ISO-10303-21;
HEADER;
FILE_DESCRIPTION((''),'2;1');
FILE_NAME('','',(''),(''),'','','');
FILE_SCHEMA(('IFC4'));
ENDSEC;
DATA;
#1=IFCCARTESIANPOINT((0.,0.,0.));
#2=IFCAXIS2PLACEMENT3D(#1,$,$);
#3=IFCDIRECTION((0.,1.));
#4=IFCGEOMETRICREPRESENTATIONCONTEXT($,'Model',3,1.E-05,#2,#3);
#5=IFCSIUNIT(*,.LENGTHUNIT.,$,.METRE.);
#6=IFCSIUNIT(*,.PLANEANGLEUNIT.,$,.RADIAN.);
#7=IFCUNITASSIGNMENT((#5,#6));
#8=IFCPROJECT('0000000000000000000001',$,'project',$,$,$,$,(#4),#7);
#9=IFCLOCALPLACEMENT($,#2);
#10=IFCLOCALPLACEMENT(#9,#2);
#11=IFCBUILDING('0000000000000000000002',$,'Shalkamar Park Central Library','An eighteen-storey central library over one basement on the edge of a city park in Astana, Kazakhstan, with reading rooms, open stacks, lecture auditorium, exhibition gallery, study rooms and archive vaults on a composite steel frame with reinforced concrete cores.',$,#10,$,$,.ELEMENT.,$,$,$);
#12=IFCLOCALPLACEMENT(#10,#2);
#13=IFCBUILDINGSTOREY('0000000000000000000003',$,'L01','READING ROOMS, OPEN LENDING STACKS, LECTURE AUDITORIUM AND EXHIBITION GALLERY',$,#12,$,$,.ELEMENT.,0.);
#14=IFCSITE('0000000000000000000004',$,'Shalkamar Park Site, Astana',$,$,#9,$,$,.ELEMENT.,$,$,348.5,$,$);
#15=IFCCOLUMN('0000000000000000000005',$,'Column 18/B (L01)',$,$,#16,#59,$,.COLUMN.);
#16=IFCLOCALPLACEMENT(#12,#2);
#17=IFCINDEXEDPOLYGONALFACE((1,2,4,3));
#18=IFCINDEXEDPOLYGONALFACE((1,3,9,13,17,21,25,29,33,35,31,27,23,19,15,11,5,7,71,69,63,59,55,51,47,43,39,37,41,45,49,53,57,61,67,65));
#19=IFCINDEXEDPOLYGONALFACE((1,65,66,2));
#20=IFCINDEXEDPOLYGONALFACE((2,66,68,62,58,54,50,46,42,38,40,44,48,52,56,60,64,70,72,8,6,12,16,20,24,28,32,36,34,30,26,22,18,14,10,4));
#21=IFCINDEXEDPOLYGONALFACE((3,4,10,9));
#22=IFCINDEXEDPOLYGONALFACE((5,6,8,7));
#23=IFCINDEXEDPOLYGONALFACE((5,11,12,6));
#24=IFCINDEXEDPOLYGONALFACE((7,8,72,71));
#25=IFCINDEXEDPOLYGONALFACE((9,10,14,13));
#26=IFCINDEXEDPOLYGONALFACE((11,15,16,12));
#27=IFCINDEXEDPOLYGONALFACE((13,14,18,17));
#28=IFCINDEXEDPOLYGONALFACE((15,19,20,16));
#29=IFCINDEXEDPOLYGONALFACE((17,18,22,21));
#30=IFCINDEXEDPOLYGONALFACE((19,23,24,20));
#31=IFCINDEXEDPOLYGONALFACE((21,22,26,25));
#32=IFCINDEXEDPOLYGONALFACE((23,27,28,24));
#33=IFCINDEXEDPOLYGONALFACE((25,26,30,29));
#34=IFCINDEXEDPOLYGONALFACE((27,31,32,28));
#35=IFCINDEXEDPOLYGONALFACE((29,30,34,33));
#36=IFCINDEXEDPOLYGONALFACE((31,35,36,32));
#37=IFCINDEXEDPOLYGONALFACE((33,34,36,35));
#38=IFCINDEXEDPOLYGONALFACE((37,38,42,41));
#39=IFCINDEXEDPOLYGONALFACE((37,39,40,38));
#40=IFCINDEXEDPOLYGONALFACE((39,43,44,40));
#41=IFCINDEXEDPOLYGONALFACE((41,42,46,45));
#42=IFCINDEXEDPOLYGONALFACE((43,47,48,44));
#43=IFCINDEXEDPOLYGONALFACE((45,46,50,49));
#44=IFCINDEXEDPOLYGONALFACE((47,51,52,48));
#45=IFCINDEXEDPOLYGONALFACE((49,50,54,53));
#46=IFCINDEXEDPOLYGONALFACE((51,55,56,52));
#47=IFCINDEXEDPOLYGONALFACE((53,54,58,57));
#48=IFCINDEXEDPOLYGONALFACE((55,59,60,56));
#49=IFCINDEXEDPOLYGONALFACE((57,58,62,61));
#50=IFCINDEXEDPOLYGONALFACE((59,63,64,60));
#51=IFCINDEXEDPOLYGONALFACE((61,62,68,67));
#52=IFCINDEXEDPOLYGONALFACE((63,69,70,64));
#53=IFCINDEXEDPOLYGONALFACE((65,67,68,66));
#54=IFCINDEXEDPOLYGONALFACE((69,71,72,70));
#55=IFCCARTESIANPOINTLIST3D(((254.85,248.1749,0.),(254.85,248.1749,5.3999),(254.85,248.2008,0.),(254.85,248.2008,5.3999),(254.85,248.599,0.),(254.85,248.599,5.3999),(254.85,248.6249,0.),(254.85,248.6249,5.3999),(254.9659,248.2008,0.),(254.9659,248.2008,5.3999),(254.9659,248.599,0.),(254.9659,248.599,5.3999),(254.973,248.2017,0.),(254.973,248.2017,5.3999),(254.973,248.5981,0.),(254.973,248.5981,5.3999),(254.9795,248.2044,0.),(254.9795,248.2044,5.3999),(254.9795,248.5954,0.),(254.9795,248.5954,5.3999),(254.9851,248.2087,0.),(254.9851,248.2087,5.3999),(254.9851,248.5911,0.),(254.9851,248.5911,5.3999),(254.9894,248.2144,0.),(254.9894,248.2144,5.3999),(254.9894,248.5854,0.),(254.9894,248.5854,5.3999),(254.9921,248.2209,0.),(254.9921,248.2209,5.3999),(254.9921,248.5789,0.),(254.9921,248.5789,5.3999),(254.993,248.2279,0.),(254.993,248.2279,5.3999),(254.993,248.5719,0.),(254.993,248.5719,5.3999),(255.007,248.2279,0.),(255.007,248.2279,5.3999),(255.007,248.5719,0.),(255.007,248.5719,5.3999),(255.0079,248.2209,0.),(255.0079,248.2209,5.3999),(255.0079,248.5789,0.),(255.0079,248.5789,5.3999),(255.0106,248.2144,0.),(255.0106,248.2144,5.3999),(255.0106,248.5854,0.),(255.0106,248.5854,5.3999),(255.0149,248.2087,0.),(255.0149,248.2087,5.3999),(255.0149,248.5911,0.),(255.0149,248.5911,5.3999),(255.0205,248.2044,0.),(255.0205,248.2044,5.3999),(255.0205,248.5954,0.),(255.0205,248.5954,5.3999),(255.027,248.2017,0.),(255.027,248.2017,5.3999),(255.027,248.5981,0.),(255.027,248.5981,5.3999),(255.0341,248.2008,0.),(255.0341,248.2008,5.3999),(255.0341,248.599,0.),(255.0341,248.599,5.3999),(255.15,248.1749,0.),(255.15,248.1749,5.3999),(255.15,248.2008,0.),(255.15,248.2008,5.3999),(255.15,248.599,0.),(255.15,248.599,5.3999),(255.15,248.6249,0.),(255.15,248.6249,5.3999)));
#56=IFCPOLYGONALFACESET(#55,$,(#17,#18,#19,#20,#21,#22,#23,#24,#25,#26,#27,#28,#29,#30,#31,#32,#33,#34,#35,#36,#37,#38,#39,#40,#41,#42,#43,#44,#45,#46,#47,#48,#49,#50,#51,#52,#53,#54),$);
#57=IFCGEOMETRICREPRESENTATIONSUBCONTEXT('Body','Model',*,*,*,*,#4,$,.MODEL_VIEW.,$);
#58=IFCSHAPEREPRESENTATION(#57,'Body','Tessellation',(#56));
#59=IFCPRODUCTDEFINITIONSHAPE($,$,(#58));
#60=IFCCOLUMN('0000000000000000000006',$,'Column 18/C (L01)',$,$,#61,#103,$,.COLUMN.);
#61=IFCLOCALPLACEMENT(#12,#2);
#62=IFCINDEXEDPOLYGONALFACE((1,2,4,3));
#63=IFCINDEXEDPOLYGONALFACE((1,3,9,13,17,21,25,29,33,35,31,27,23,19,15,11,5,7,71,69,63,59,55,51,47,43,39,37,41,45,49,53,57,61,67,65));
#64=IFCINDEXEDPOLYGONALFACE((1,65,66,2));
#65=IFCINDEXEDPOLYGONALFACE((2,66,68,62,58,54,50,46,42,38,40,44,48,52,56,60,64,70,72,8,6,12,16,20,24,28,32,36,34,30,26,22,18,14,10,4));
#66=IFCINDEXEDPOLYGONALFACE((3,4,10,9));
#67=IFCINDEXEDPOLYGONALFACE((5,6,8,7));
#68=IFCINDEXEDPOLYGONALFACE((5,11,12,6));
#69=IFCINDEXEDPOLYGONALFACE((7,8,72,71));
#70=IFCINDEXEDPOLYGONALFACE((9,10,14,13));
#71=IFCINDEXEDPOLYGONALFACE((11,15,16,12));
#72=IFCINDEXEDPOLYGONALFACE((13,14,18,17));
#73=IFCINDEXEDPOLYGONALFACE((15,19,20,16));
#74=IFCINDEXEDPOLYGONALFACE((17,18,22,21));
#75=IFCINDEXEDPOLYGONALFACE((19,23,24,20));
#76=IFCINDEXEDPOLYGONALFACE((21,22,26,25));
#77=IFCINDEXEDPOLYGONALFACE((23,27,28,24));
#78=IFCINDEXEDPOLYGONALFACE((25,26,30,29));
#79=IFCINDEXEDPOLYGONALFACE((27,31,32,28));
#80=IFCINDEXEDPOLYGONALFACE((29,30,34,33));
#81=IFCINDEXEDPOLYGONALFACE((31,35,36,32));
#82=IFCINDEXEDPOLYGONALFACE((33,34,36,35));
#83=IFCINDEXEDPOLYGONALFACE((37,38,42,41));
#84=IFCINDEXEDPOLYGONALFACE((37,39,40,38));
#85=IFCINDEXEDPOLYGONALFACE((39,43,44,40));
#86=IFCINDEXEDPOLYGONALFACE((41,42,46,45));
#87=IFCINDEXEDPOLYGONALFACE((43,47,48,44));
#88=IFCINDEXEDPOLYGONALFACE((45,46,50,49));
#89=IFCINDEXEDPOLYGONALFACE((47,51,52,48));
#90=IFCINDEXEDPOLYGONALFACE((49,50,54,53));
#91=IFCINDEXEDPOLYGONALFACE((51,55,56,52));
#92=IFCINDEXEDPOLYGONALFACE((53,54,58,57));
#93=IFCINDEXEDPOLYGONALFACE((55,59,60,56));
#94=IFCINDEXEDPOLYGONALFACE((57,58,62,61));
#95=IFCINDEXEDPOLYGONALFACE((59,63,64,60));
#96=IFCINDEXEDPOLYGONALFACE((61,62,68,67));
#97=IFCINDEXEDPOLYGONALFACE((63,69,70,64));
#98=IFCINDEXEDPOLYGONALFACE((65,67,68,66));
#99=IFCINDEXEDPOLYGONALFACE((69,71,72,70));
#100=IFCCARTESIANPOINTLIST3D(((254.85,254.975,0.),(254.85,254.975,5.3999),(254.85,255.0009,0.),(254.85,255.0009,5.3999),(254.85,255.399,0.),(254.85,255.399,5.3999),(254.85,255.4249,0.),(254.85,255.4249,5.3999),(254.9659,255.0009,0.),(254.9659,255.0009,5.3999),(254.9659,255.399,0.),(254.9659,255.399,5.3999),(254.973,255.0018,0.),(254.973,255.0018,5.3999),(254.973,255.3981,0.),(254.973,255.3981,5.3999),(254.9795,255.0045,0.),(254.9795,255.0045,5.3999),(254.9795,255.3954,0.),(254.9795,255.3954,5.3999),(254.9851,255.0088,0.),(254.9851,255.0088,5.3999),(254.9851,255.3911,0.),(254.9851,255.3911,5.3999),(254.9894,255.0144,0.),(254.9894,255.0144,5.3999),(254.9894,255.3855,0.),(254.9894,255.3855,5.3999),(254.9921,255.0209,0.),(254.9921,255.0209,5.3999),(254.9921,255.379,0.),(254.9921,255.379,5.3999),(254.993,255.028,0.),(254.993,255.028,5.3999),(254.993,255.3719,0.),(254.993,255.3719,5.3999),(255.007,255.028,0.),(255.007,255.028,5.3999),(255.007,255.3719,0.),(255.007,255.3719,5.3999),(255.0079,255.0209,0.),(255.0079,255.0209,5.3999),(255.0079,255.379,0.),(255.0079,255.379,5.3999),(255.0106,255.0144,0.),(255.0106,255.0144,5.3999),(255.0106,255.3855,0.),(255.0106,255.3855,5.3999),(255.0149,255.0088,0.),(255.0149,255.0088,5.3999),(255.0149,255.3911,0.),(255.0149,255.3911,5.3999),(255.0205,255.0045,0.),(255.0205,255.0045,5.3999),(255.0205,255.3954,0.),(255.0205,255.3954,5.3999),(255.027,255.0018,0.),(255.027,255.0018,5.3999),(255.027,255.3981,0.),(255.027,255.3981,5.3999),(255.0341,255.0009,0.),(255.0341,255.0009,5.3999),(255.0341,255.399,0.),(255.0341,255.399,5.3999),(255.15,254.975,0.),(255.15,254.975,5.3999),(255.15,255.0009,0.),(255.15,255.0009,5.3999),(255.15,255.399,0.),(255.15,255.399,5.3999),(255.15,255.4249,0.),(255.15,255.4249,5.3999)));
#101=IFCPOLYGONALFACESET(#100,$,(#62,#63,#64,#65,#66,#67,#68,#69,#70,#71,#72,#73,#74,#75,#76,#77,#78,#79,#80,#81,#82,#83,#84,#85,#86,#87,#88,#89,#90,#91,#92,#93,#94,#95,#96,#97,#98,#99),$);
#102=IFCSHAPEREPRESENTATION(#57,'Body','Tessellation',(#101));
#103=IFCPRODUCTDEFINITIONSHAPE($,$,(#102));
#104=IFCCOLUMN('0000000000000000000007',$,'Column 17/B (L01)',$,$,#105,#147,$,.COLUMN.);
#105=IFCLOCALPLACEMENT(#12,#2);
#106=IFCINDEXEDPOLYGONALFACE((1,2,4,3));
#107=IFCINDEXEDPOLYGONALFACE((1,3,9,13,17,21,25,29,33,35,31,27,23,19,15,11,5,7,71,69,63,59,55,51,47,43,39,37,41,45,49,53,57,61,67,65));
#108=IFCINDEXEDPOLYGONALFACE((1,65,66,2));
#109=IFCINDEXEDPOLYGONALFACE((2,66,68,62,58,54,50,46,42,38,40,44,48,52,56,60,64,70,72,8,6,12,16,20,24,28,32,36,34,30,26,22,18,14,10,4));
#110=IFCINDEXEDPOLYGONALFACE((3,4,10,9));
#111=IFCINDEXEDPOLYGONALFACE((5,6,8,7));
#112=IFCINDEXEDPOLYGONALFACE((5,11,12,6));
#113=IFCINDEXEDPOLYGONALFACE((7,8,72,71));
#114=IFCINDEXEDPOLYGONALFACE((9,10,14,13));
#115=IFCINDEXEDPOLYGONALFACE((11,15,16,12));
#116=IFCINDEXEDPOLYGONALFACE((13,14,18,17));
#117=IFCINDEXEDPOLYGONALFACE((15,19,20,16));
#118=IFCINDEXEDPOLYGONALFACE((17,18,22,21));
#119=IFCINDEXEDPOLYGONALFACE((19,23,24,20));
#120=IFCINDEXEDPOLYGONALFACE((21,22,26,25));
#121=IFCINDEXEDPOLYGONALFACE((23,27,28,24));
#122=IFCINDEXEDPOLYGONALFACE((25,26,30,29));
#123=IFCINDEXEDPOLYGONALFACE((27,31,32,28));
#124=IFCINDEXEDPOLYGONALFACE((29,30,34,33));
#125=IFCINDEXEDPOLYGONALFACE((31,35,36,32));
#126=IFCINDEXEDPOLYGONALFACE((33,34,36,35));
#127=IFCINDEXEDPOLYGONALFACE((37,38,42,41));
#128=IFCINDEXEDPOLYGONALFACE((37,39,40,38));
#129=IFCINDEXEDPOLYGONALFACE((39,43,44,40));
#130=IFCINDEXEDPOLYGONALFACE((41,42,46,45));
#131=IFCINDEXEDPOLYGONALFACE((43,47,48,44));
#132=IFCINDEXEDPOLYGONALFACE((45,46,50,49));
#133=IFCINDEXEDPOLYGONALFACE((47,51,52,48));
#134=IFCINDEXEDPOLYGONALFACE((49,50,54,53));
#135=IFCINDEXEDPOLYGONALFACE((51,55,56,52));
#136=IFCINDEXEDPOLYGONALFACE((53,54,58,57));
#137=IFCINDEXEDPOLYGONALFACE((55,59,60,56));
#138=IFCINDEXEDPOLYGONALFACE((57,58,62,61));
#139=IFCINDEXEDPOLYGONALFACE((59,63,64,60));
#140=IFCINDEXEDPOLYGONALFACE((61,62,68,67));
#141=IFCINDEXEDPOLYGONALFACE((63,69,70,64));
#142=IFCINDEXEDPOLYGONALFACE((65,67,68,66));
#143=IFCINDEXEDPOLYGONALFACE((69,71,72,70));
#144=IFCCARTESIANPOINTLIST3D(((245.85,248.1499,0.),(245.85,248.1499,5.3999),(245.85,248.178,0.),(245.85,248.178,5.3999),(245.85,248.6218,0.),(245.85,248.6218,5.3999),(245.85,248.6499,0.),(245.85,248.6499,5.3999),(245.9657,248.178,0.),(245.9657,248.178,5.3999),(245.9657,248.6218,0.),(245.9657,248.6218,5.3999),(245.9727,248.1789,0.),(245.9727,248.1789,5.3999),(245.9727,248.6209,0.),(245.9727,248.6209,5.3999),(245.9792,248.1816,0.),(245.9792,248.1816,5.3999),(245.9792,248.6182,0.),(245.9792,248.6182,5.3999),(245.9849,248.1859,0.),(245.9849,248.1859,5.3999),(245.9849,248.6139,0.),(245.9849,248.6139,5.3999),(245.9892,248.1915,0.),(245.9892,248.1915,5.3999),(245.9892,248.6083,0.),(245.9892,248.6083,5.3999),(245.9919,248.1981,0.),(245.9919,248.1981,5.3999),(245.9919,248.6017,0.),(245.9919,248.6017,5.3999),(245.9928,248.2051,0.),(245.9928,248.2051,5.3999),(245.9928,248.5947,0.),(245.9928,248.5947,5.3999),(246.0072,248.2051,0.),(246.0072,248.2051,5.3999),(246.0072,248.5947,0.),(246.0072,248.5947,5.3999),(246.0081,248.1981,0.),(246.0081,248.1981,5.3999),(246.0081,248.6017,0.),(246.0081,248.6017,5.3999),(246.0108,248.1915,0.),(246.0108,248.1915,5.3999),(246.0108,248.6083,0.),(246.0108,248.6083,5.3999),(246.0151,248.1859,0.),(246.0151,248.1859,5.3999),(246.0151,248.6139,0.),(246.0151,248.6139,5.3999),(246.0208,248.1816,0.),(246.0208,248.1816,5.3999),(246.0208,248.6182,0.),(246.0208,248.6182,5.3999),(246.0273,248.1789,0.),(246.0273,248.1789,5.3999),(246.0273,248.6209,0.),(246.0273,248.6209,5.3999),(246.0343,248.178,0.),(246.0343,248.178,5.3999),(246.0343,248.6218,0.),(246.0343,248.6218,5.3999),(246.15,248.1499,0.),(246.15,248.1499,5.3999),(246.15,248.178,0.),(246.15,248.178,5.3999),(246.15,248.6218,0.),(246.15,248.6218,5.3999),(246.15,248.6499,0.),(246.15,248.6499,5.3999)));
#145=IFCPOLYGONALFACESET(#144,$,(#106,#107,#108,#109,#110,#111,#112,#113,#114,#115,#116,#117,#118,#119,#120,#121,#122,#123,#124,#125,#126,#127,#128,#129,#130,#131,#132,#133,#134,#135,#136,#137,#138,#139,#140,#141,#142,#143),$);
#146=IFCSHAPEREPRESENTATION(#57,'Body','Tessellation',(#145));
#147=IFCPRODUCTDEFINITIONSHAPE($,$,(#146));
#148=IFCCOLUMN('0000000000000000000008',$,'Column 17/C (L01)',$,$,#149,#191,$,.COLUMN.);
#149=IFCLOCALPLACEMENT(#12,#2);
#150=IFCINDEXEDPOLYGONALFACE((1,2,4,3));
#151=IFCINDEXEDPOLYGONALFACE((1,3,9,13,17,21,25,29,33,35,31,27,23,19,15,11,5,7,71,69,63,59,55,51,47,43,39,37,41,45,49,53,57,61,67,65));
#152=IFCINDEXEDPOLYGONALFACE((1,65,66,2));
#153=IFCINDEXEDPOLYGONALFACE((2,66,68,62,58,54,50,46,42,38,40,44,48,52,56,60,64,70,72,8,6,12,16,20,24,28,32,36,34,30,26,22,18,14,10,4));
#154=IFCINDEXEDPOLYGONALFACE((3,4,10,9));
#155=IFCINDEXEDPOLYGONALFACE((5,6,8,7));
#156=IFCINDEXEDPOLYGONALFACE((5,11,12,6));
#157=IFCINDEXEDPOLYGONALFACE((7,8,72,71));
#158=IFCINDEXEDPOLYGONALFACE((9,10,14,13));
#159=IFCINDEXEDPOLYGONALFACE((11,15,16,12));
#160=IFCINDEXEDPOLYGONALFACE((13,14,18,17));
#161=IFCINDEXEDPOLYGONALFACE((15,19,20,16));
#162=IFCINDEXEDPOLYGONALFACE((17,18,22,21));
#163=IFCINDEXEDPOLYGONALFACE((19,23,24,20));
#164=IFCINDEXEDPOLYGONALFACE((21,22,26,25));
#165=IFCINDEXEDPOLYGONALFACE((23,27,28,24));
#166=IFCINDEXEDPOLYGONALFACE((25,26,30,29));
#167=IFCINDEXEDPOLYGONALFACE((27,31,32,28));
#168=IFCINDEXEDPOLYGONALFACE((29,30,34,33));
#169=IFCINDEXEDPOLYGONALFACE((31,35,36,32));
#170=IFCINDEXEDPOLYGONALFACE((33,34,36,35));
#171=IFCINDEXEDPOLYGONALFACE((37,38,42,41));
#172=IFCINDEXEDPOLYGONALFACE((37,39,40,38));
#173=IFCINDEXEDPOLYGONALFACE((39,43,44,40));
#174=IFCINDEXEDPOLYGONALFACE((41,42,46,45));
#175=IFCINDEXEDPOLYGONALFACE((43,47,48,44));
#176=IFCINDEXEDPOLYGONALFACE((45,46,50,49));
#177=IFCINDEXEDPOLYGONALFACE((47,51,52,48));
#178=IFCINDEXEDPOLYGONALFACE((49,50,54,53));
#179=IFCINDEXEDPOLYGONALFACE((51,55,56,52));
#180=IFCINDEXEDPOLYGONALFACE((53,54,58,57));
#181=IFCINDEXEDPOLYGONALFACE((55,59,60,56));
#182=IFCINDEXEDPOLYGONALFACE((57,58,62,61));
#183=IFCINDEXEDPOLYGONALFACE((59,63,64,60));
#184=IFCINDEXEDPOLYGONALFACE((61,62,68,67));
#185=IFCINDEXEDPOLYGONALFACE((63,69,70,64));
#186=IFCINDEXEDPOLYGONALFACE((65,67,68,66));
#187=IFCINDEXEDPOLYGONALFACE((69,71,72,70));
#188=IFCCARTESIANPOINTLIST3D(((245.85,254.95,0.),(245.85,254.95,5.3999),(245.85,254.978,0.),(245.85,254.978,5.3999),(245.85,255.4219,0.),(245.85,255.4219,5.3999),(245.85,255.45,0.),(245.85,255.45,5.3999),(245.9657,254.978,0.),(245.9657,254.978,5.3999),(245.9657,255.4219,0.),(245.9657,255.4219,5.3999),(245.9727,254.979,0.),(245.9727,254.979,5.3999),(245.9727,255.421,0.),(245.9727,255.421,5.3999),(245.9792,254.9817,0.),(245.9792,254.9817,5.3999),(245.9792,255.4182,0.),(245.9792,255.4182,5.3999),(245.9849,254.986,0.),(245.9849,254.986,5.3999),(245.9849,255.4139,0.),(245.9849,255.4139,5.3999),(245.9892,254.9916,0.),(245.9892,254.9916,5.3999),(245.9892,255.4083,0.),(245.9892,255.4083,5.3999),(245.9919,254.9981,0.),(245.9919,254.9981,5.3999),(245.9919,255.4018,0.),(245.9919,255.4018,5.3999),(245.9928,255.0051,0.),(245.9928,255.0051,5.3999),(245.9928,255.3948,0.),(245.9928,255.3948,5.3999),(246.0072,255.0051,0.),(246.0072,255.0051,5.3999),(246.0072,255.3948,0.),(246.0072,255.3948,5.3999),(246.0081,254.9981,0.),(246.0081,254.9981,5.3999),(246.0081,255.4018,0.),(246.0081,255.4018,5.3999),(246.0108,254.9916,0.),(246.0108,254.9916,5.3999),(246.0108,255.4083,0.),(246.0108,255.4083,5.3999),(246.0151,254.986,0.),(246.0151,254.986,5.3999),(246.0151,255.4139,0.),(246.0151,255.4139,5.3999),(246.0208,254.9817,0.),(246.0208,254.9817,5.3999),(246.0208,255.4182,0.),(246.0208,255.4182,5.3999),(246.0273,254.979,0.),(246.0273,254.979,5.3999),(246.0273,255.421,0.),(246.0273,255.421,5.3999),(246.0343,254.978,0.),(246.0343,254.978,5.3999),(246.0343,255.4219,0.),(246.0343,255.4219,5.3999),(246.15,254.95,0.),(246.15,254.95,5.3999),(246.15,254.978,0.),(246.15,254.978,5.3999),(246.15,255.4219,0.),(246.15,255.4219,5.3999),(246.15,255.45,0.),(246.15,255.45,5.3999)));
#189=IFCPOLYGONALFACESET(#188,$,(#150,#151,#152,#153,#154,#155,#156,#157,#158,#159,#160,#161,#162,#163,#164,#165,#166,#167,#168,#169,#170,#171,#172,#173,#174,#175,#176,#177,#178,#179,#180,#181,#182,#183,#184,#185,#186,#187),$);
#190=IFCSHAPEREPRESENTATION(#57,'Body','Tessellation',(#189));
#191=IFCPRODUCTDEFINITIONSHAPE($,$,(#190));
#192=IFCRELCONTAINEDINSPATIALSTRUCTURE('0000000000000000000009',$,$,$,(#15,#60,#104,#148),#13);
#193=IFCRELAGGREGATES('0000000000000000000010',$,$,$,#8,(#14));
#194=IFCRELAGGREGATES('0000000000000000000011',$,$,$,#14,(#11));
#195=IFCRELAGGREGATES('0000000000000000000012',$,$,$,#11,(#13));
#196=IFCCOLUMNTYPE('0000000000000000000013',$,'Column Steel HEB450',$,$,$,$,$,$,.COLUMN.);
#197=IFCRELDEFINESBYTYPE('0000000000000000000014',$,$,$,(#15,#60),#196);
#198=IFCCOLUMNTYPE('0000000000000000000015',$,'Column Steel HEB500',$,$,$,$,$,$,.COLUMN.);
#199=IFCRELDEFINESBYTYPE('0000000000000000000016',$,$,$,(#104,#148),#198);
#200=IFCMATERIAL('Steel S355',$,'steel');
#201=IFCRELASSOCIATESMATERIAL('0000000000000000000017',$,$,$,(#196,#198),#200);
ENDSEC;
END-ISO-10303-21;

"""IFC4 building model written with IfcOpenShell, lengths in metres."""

from ifc_helpers import new_model, si_unit, direction, frame, origin, origin_2d, place, context, subcontext, project, spatial, i_section, extrude, material, material_profile, profile_set, type_object, element, save


model = new_model("IFC4")

# Units and contexts
model_context = context("Model", 3, precision=1e-05, world=origin(), true_north=direction((0.0, 1.0)))
body_context = subcontext(model_context, "Body", "Model", "MODEL_VIEW")
ifc_project = project(units=[si_unit("LENGTHUNIT", "METRE"), si_unit("PLANEANGLEUNIT", "RADIAN")], contexts=[model_context])

# Site, building, storey
site_placement = place(None, origin())
site = spatial("IfcSite", under=ifc_project, at=site_placement, Name="Shalkamar Park Site, Astana", CompositionType="ELEMENT", RefElevation=348.5)
building_placement = place(site_placement, origin())
building = spatial("IfcBuilding", under=site, at=building_placement, Name="Shalkamar Park Central Library", Description="An eighteen-storey central library over one basement on the edge of a city park in Astana, Kazakhstan, with reading rooms, open stacks, lecture auditorium, exhibition gallery, study rooms and archive vaults on a composite steel frame with reinforced concrete cores.", CompositionType="ELEMENT")
storey_placement = place(building_placement, origin())
storey = spatial("IfcBuildingStorey", under=building, at=storey_placement, Name="L01", Description="READING ROOMS, OPEN LENDING STACKS, LECTURE AUDITORIUM AND EXHIBITION GALLERY", CompositionType="ELEMENT", Elevation=0.0)

# Columns
ifc_material_1 = material(Name="Steel S355", Category="steel")
ifc_material_profile_1 = material_profile(ifc_material_1, i_section(OverallWidth=0.3, OverallDepth=0.45, WebThickness=0.0139, FlangeThickness=0.0259, FilletRadius=0.0271, at=origin_2d()), Name="HEB 450")
ifc_profile_set_1 = profile_set([ifc_material_profile_1], Name="Steel S355")
column_type_1 = type_object("IfcColumnType", Name="Column Steel HEB450", PredefinedType="COLUMN", material=ifc_profile_set_1)
for number, where, z_axis, x_axis, name in (
    (1, (255.0, 248.3999, 0.0), (0.0, 0.0, 1.0), (1.0, 0.0, 0.0), "Column 18/B (L01)"),
    (2, (255.0, 255.2, 0.0), (0.0, 0.0, 1.0), (1.0, 0.0, 0.0), "Column 18/C (L01)"),
):
    element("IfcColumn", number, at=place(storey_placement, frame(where, z_axis=z_axis, x_axis=x_axis)), inside=storey, type_object=column_type_1, Name=name, PredefinedType="COLUMN", context=body_context, shape_type="SweptSolid", body=[
        extrude(i_section(OverallWidth=0.3, OverallDepth=0.45, WebThickness=0.0139, FlangeThickness=0.0259, FilletRadius=0.0271, at=origin_2d()), origin(), (0.0, 0.0, 1.0), 5.3999),
    ])
ifc_material_profile_2 = material_profile(ifc_material_1, i_section(OverallWidth=0.3, OverallDepth=0.5, WebThickness=0.0144, FlangeThickness=0.0281, FilletRadius=0.0271, at=origin_2d()), Name="HEB 500")
ifc_profile_set_2 = profile_set([ifc_material_profile_2], Name="Steel S355")
column_type_2 = type_object("IfcColumnType", Name="Column Steel HEB500", PredefinedType="COLUMN", material=ifc_profile_set_2)
for number, where, z_axis, x_axis, name in (
    (3, (246.0, 248.3999, 0.0), (0.0, 0.0, 1.0), (1.0, 0.0, 0.0), "Column 17/B (L01)"),
    (4, (246.0, 255.2, 0.0), (0.0, 0.0, 1.0), (1.0, 0.0, 0.0), "Column 17/C (L01)"),
):
    element("IfcColumn", number, at=place(storey_placement, frame(where, z_axis=z_axis, x_axis=x_axis)), inside=storey, type_object=column_type_2, Name=name, PredefinedType="COLUMN", context=body_context, shape_type="SweptSolid", body=[
        extrude(i_section(OverallWidth=0.3, OverallDepth=0.5, WebThickness=0.0144, FlangeThickness=0.0281, FilletRadius=0.0271, at=origin_2d()), origin(), (0.0, 0.0, 1.0), 5.3999),
    ])

save(model, "model.ifc")
